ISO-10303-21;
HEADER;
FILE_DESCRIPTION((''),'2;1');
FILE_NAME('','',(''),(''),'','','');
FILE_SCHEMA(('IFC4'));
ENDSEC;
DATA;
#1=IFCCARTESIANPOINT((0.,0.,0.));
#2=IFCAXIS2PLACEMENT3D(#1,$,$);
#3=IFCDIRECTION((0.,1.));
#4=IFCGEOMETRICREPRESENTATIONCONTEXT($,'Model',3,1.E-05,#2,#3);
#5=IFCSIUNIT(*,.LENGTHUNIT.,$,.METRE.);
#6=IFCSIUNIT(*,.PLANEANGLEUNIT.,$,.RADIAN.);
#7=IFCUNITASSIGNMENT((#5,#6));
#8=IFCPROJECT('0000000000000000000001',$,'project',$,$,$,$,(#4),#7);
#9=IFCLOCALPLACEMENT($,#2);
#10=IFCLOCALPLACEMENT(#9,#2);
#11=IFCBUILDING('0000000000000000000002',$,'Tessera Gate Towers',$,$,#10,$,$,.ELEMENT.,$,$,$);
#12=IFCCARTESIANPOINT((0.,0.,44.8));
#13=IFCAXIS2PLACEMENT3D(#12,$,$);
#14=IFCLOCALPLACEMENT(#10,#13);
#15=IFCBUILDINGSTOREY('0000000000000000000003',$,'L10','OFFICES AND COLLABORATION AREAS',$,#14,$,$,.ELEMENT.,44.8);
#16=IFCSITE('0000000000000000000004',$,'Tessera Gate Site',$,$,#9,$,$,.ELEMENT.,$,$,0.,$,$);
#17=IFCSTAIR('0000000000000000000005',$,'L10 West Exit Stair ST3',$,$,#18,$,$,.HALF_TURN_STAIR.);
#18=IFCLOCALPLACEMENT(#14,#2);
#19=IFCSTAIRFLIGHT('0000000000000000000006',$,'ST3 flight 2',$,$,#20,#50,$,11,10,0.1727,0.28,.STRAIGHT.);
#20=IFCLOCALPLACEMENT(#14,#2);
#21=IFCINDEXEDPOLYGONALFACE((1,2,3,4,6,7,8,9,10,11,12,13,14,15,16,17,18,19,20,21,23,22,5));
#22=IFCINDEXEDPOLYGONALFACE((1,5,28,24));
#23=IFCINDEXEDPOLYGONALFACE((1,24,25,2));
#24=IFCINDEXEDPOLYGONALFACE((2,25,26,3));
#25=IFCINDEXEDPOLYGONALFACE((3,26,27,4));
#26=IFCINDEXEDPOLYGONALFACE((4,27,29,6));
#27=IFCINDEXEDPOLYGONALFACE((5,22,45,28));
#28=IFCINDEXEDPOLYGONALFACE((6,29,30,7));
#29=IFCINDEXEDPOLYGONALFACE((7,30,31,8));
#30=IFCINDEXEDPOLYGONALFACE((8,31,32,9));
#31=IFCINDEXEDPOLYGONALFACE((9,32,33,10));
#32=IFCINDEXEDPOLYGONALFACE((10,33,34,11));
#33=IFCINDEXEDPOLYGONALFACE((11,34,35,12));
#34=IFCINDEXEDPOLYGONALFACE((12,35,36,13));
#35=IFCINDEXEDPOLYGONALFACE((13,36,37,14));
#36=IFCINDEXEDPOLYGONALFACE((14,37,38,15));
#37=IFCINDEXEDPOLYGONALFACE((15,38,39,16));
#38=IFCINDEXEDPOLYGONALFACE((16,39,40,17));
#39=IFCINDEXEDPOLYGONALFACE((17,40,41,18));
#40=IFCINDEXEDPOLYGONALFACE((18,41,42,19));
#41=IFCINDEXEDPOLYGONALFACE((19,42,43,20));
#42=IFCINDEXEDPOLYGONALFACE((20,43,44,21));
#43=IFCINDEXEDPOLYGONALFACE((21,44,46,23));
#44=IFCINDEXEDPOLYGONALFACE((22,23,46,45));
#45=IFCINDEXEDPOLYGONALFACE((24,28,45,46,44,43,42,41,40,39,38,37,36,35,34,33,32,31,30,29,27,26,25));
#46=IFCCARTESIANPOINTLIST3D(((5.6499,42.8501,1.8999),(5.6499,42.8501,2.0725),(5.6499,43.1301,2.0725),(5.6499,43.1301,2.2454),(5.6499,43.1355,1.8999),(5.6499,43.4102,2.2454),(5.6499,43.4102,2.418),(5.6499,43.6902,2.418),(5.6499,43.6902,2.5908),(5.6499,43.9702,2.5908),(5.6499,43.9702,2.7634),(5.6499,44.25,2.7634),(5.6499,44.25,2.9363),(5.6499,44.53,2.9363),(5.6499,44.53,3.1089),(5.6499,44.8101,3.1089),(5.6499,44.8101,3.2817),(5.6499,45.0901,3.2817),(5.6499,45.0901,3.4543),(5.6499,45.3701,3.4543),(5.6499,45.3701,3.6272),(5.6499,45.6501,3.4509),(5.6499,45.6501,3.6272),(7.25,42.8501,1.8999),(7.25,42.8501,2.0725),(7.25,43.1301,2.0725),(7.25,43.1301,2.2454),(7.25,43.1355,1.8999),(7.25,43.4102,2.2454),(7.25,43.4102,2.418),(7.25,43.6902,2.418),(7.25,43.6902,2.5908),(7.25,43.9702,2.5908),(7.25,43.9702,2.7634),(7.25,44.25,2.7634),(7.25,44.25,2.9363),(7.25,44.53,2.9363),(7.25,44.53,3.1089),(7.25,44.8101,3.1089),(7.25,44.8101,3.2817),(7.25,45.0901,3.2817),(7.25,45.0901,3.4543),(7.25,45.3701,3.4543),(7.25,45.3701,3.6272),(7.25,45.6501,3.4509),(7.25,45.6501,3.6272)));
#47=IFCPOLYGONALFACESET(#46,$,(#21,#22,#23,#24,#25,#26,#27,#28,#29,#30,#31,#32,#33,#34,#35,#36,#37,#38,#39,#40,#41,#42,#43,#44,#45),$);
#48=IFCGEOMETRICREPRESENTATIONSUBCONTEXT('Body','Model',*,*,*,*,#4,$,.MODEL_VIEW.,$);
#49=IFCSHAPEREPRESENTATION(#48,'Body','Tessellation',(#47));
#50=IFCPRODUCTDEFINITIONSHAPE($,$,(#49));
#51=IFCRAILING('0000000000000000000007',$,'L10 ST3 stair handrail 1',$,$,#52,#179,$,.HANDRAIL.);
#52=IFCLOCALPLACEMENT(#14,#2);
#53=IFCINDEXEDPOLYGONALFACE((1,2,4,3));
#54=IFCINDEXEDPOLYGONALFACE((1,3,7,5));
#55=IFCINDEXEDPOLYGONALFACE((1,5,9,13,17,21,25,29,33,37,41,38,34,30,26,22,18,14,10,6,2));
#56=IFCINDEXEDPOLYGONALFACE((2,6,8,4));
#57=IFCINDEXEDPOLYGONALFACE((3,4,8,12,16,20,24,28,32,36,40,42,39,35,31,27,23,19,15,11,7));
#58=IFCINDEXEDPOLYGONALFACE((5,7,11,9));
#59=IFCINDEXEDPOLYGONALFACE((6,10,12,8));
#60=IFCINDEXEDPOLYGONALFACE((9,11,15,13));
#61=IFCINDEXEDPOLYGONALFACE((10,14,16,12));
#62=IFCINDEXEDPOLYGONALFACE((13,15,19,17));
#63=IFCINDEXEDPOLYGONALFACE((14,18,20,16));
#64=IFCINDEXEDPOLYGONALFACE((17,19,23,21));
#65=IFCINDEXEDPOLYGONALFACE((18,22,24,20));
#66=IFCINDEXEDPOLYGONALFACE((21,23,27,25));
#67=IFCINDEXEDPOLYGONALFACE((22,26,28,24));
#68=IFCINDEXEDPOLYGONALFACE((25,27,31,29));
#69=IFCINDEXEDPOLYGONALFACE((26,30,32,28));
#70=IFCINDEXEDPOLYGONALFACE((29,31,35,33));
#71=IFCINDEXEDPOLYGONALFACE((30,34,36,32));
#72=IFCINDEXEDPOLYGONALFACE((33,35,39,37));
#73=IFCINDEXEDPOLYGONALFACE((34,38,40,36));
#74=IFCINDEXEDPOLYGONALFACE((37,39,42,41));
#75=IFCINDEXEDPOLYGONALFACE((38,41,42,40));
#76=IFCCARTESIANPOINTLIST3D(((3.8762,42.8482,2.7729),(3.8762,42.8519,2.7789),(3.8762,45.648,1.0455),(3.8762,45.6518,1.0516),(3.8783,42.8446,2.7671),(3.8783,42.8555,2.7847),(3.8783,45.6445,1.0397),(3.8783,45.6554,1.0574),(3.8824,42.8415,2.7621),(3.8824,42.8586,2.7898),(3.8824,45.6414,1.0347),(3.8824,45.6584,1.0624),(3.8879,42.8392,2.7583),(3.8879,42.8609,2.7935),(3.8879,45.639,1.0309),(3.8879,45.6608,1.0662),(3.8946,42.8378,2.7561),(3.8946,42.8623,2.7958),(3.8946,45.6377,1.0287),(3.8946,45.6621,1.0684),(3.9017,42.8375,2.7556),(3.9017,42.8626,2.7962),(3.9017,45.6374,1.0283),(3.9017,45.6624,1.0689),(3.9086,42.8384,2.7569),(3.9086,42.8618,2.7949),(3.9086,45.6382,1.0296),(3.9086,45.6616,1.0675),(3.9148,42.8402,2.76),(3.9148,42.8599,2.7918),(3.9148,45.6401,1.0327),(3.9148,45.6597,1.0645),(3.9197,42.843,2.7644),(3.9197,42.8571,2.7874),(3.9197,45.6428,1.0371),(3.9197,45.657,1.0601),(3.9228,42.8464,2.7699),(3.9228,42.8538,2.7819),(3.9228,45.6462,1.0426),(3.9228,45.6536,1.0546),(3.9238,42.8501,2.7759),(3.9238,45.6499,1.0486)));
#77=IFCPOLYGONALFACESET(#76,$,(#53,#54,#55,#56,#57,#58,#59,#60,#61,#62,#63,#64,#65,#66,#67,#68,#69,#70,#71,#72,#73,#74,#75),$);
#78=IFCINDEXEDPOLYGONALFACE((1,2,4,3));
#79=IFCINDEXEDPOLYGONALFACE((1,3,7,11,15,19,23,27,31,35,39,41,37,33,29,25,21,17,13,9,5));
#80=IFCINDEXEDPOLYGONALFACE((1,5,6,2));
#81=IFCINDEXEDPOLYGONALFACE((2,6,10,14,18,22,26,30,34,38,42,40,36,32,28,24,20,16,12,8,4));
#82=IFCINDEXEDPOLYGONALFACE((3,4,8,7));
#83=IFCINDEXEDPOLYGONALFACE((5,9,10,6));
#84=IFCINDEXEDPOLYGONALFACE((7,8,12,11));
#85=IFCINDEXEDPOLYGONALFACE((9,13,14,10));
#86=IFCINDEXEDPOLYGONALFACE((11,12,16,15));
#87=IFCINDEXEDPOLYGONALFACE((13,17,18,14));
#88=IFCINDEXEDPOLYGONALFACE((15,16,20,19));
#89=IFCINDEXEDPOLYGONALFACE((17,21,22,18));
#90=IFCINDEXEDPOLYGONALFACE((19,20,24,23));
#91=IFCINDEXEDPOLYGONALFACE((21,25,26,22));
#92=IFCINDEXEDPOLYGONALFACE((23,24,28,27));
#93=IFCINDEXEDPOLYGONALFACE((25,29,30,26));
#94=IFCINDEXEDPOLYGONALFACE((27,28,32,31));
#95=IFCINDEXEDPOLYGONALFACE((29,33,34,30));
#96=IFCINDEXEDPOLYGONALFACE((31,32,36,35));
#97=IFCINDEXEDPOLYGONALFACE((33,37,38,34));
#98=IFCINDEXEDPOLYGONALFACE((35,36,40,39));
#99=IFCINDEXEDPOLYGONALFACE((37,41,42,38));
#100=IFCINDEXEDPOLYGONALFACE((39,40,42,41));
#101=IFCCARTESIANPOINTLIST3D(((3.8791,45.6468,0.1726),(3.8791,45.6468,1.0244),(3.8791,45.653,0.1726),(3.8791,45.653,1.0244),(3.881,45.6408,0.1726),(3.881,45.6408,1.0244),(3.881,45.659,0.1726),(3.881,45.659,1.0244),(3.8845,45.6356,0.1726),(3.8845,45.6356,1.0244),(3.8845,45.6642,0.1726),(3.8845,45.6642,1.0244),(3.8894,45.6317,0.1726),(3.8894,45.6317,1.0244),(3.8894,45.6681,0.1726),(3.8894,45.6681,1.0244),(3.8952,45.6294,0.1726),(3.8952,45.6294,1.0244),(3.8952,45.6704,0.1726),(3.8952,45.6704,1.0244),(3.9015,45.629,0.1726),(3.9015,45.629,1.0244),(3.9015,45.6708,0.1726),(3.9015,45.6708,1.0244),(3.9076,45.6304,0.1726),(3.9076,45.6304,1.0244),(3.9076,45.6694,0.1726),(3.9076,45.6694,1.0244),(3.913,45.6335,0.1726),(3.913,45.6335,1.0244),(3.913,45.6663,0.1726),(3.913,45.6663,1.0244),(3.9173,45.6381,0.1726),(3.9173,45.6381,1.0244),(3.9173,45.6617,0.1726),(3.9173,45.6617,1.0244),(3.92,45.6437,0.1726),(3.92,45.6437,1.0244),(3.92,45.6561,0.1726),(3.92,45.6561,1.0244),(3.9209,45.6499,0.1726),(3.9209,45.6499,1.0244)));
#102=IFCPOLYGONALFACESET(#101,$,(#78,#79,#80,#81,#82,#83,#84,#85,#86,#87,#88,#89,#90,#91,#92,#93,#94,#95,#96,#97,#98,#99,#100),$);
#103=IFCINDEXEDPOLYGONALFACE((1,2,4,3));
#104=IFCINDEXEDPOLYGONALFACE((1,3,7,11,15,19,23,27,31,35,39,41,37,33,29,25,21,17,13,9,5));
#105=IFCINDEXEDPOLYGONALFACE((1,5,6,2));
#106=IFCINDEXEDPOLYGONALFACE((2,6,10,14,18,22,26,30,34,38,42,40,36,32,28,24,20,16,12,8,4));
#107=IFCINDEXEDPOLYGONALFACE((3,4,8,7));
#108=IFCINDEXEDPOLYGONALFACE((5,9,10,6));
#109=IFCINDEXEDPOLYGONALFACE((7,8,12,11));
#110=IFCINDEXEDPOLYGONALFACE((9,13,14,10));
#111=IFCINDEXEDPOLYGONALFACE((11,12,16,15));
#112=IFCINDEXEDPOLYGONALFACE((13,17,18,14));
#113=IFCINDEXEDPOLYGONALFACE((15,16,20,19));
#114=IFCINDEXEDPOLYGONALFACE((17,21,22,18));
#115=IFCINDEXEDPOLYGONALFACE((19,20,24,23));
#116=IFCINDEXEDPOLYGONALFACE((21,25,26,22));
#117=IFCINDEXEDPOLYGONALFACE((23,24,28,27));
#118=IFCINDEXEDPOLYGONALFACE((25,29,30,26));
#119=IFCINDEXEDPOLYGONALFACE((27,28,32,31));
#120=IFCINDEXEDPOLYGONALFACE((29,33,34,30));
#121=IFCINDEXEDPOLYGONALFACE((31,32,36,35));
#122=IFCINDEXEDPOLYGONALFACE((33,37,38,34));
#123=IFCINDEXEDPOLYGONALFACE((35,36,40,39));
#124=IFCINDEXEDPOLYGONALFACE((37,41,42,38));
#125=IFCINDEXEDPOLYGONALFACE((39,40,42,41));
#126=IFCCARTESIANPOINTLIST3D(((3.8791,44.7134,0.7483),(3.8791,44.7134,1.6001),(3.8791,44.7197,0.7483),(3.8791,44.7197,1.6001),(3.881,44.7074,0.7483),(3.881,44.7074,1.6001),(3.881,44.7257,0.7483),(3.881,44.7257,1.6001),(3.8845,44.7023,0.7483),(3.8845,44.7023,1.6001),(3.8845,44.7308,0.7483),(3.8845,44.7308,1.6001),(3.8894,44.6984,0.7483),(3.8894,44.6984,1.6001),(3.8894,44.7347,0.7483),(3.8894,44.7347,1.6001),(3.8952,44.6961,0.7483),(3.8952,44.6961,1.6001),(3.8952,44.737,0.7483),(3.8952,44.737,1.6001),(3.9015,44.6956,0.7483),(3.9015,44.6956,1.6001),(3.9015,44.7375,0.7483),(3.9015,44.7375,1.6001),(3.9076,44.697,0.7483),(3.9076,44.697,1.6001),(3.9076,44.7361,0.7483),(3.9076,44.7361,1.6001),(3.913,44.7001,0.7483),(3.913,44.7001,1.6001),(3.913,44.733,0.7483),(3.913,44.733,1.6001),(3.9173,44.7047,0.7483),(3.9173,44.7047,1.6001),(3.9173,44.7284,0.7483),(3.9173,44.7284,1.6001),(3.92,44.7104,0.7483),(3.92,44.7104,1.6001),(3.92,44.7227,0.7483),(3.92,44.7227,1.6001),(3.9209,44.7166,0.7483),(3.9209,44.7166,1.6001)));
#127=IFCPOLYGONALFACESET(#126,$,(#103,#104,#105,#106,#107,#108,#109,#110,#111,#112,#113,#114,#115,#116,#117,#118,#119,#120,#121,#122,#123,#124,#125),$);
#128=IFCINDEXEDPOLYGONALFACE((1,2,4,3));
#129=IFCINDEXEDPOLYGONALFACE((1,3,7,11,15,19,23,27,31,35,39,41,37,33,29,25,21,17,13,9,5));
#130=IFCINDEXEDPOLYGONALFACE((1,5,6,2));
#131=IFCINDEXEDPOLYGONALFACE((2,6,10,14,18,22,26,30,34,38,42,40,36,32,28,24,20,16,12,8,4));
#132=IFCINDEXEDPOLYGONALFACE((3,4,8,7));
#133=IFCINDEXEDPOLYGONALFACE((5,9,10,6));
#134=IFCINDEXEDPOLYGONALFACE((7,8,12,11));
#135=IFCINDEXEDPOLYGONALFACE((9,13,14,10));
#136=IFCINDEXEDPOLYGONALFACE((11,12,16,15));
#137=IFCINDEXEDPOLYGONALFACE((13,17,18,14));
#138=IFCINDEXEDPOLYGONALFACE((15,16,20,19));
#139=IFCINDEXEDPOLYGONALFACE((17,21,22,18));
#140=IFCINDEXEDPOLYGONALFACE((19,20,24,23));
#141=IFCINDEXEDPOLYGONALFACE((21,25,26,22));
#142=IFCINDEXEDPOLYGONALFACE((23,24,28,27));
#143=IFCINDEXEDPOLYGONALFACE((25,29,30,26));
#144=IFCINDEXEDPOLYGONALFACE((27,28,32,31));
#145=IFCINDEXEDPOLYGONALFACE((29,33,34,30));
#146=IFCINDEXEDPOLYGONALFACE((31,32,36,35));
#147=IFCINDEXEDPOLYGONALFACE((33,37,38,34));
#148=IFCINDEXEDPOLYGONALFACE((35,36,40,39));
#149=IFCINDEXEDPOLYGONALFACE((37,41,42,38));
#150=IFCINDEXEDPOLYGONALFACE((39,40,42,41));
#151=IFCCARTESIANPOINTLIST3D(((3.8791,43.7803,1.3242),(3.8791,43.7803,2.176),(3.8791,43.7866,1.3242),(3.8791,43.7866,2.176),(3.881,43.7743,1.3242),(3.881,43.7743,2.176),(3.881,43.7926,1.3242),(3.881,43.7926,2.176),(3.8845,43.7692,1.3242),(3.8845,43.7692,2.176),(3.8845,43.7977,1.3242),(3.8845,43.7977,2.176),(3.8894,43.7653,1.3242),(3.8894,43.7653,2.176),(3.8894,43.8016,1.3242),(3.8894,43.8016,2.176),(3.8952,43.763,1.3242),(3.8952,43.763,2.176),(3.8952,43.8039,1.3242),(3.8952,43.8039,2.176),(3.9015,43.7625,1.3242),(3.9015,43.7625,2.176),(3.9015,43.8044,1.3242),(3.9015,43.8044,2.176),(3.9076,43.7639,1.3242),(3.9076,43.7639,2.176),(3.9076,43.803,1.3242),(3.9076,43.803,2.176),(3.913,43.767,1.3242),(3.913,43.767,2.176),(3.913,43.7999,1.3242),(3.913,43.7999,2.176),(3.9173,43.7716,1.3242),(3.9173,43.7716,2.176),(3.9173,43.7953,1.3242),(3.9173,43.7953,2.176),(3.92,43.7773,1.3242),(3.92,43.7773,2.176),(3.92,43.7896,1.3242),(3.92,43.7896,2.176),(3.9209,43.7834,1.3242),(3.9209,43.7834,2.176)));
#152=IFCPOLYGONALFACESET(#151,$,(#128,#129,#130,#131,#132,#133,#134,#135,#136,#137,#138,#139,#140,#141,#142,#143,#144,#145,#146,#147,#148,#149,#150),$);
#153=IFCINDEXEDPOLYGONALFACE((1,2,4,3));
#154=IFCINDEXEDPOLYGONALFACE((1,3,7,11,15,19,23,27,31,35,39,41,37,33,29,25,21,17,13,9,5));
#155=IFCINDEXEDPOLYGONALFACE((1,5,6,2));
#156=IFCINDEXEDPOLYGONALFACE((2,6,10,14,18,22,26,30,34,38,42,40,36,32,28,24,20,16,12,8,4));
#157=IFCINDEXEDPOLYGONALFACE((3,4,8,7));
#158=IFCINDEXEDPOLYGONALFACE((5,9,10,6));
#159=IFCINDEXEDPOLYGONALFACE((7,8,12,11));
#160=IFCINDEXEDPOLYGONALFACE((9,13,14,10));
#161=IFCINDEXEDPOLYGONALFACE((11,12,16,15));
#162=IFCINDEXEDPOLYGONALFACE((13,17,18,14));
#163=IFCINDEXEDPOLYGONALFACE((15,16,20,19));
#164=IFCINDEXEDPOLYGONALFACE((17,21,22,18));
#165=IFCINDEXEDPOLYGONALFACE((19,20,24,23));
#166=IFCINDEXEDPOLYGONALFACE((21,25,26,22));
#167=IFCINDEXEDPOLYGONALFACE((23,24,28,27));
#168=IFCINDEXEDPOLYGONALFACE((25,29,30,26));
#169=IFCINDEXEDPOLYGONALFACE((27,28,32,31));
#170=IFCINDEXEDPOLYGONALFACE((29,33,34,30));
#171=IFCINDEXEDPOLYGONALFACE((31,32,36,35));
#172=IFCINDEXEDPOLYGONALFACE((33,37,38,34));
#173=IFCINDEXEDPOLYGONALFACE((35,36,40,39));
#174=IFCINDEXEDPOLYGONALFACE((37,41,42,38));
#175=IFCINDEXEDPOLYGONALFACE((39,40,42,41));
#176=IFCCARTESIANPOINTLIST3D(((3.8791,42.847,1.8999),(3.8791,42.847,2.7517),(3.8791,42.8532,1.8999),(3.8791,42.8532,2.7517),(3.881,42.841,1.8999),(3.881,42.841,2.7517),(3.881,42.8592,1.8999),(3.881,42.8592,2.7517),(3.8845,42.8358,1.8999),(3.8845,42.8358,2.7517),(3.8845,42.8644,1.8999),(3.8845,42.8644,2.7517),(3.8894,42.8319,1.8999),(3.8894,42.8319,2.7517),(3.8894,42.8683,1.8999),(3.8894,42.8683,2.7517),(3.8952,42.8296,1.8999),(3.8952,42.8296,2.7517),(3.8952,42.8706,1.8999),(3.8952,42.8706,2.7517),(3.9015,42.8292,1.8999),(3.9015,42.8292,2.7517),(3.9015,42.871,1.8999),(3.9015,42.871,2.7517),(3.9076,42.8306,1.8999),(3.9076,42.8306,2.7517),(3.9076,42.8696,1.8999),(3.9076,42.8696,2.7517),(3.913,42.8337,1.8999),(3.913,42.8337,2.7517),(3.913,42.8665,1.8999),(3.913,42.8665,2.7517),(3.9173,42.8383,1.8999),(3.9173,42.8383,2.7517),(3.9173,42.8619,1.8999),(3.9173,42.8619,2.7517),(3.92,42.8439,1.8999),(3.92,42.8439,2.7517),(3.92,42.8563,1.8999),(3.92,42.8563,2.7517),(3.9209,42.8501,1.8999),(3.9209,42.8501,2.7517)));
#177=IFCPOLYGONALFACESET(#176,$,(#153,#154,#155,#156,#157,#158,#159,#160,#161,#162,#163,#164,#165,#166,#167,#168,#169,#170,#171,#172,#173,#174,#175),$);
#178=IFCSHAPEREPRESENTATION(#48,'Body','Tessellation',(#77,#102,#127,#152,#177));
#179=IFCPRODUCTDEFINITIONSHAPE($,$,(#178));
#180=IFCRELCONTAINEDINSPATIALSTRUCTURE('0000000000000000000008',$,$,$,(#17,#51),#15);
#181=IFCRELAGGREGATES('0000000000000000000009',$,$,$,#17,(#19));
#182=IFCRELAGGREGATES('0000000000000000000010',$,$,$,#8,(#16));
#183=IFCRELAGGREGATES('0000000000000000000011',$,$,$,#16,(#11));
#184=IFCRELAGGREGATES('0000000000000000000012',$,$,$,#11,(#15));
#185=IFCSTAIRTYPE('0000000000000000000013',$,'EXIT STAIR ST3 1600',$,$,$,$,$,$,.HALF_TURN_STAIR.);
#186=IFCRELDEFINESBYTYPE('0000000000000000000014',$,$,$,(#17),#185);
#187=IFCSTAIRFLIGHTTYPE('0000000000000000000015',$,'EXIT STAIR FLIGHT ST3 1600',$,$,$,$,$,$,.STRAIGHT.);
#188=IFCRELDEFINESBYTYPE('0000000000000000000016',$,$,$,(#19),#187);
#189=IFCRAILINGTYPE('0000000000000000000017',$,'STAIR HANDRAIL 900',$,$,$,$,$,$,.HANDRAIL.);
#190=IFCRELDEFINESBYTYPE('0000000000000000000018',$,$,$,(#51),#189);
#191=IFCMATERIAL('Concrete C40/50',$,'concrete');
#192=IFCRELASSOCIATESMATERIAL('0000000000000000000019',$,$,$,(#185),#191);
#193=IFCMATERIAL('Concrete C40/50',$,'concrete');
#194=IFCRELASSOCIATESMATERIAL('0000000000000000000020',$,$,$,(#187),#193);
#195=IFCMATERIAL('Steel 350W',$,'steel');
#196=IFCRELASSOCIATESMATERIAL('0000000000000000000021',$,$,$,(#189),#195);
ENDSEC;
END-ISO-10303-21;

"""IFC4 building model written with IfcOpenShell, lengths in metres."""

from ifc_helpers import new_model, si_unit, direction, frame, origin, origin_2d, place, context, subcontext, project, spatial, polyline, circle, outline, extrude, material, type_object, element, aggregate, save


model = new_model("IFC4")

# Units and contexts
model_context = context("Model", 3, precision=1e-05, world=origin(), true_north=direction((0.0, 1.0)))
body_context = subcontext(model_context, "Body", "Model", "MODEL_VIEW")
ifc_project = project(units=[si_unit("LENGTHUNIT", "METRE"), si_unit("PLANEANGLEUNIT", "RADIAN")], contexts=[model_context])

# Site, building, storey
site_placement = place(None, origin())
site = spatial("IfcSite", under=ifc_project, at=site_placement, Name="Tessera Gate Site", CompositionType="ELEMENT", RefElevation=0.0)
building_placement = place(site_placement, origin())
building = spatial("IfcBuilding", under=site, at=building_placement, Name="Tessera Gate Towers", CompositionType="ELEMENT")
storey_placement = place(building_placement, frame((0.0, 0.0, 44.8)))
storey = spatial("IfcBuildingStorey", under=building, at=storey_placement, Name="L10", Description="OFFICES AND COLLABORATION AREAS", CompositionType="ELEMENT", Elevation=44.8)

# Stair, stair flight
ifc_material_1 = material(Name="Concrete C40/50", Category="concrete")
stair_type = type_object("IfcStairType", Name="EXIT STAIR ST3 1600", PredefinedType="HALF_TURN_STAIR", material=ifc_material_1)
stair_placement = place(storey_placement, origin())
stair = element("IfcStair", 1, at=stair_placement, inside=storey, type_object=stair_type, Name="L10 West Exit Stair ST3", PredefinedType="HALF_TURN_STAIR")
ifc_material_2 = material(Name="Concrete C40/50", Category="concrete")
stair_flight_type = type_object("IfcStairFlightType", Name="EXIT STAIR FLIGHT ST3 1600", PredefinedType="STRAIGHT", material=ifc_material_2)
stair_flight_1_placement = place(storey_placement, frame((6.45, 42.8501, 1.8999), z_axis=(0.0, 0.0, 1.0), x_axis=(0.0, 1.0, 0.0)))
stair_flight_1 = element("IfcStairFlight", 2, at=stair_flight_1_placement, type_object=stair_flight_type, Name="ST3 flight 2", NumberOfRisers=11, NumberOfTreads=10, PredefinedType="STRAIGHT", RiserHeight=0.1727, TreadLength=0.28, context=body_context, shape_type="SweptSolid", body=[
    extrude(outline(polyline([(0.0, 0.0), (0.0, 0.1726), (0.28, 0.1726), (0.28, 0.3455), (0.5601, 0.3455), (0.5601, 0.5181), (0.8401, 0.5181), (0.8401, 0.6909), (1.1201, 0.6909), (1.1201, 0.8635), (1.3999, 0.8635), (1.3999, 1.0364), (1.6799, 1.0364), (1.6799, 1.209), (1.96, 1.209), (1.96, 1.3818), (2.24, 1.3818), (2.24, 1.5544), (2.52, 1.5544), (2.52, 1.7273), (2.8, 1.7273), (2.8, 1.8999), (2.8, 1.551), (0.2854, 0.0), (0.0, 0.0)])), frame((0.0, 0.8, 0.0), z_axis=(0.0, -1.0, 0.0), x_axis=(1.0, 0.0, 0.0)), (0.0, 0.0, 1.0), 1.6001),
])
aggregate(stair, [stair_flight_1])

# Railing
ifc_material_3 = material(Name="Steel 350W", Category="steel")
railing_type_1 = type_object("IfcRailingType", Name="STAIR HANDRAIL 900", PredefinedType="HANDRAIL", material=ifc_material_3)
railing_1_placement = place(storey_placement, frame((3.8999, 45.6499, 0.1726)))
element("IfcRailing", 3, at=railing_1_placement, inside=storey, type_object=railing_type_1, Name="L10 ST3 stair handrail 1", PredefinedType="HANDRAIL", context=body_context, shape_type="SweptSolid", body=[
    extrude(circle(Radius=0.0239, at=origin_2d()), frame((0.0, 0.0, 0.876), z_axis=(0.0, -0.851069, 0.525054), x_axis=(1.0, 0.0, 0.0)), (0.0, 0.0, 1.0), 3.2898),
    extrude(circle(Radius=0.021, at=origin_2d()), origin(), (0.0, 0.0, 1.0), 0.8518),
    extrude(circle(Radius=0.021, at=origin_2d()), frame((0.0, -0.9333, 0.5757)), (0.0, 0.0, 1.0), 0.8518),
    extrude(circle(Radius=0.021, at=origin_2d()), frame((0.0, -1.8665, 1.1516)), (0.0, 0.0, 1.0), 0.8518),
    extrude(circle(Radius=0.021, at=origin_2d()), frame((0.0, -2.7998, 1.7273)), (0.0, 0.0, 1.0), 0.8518),
])

save(model, "model.ifc")
